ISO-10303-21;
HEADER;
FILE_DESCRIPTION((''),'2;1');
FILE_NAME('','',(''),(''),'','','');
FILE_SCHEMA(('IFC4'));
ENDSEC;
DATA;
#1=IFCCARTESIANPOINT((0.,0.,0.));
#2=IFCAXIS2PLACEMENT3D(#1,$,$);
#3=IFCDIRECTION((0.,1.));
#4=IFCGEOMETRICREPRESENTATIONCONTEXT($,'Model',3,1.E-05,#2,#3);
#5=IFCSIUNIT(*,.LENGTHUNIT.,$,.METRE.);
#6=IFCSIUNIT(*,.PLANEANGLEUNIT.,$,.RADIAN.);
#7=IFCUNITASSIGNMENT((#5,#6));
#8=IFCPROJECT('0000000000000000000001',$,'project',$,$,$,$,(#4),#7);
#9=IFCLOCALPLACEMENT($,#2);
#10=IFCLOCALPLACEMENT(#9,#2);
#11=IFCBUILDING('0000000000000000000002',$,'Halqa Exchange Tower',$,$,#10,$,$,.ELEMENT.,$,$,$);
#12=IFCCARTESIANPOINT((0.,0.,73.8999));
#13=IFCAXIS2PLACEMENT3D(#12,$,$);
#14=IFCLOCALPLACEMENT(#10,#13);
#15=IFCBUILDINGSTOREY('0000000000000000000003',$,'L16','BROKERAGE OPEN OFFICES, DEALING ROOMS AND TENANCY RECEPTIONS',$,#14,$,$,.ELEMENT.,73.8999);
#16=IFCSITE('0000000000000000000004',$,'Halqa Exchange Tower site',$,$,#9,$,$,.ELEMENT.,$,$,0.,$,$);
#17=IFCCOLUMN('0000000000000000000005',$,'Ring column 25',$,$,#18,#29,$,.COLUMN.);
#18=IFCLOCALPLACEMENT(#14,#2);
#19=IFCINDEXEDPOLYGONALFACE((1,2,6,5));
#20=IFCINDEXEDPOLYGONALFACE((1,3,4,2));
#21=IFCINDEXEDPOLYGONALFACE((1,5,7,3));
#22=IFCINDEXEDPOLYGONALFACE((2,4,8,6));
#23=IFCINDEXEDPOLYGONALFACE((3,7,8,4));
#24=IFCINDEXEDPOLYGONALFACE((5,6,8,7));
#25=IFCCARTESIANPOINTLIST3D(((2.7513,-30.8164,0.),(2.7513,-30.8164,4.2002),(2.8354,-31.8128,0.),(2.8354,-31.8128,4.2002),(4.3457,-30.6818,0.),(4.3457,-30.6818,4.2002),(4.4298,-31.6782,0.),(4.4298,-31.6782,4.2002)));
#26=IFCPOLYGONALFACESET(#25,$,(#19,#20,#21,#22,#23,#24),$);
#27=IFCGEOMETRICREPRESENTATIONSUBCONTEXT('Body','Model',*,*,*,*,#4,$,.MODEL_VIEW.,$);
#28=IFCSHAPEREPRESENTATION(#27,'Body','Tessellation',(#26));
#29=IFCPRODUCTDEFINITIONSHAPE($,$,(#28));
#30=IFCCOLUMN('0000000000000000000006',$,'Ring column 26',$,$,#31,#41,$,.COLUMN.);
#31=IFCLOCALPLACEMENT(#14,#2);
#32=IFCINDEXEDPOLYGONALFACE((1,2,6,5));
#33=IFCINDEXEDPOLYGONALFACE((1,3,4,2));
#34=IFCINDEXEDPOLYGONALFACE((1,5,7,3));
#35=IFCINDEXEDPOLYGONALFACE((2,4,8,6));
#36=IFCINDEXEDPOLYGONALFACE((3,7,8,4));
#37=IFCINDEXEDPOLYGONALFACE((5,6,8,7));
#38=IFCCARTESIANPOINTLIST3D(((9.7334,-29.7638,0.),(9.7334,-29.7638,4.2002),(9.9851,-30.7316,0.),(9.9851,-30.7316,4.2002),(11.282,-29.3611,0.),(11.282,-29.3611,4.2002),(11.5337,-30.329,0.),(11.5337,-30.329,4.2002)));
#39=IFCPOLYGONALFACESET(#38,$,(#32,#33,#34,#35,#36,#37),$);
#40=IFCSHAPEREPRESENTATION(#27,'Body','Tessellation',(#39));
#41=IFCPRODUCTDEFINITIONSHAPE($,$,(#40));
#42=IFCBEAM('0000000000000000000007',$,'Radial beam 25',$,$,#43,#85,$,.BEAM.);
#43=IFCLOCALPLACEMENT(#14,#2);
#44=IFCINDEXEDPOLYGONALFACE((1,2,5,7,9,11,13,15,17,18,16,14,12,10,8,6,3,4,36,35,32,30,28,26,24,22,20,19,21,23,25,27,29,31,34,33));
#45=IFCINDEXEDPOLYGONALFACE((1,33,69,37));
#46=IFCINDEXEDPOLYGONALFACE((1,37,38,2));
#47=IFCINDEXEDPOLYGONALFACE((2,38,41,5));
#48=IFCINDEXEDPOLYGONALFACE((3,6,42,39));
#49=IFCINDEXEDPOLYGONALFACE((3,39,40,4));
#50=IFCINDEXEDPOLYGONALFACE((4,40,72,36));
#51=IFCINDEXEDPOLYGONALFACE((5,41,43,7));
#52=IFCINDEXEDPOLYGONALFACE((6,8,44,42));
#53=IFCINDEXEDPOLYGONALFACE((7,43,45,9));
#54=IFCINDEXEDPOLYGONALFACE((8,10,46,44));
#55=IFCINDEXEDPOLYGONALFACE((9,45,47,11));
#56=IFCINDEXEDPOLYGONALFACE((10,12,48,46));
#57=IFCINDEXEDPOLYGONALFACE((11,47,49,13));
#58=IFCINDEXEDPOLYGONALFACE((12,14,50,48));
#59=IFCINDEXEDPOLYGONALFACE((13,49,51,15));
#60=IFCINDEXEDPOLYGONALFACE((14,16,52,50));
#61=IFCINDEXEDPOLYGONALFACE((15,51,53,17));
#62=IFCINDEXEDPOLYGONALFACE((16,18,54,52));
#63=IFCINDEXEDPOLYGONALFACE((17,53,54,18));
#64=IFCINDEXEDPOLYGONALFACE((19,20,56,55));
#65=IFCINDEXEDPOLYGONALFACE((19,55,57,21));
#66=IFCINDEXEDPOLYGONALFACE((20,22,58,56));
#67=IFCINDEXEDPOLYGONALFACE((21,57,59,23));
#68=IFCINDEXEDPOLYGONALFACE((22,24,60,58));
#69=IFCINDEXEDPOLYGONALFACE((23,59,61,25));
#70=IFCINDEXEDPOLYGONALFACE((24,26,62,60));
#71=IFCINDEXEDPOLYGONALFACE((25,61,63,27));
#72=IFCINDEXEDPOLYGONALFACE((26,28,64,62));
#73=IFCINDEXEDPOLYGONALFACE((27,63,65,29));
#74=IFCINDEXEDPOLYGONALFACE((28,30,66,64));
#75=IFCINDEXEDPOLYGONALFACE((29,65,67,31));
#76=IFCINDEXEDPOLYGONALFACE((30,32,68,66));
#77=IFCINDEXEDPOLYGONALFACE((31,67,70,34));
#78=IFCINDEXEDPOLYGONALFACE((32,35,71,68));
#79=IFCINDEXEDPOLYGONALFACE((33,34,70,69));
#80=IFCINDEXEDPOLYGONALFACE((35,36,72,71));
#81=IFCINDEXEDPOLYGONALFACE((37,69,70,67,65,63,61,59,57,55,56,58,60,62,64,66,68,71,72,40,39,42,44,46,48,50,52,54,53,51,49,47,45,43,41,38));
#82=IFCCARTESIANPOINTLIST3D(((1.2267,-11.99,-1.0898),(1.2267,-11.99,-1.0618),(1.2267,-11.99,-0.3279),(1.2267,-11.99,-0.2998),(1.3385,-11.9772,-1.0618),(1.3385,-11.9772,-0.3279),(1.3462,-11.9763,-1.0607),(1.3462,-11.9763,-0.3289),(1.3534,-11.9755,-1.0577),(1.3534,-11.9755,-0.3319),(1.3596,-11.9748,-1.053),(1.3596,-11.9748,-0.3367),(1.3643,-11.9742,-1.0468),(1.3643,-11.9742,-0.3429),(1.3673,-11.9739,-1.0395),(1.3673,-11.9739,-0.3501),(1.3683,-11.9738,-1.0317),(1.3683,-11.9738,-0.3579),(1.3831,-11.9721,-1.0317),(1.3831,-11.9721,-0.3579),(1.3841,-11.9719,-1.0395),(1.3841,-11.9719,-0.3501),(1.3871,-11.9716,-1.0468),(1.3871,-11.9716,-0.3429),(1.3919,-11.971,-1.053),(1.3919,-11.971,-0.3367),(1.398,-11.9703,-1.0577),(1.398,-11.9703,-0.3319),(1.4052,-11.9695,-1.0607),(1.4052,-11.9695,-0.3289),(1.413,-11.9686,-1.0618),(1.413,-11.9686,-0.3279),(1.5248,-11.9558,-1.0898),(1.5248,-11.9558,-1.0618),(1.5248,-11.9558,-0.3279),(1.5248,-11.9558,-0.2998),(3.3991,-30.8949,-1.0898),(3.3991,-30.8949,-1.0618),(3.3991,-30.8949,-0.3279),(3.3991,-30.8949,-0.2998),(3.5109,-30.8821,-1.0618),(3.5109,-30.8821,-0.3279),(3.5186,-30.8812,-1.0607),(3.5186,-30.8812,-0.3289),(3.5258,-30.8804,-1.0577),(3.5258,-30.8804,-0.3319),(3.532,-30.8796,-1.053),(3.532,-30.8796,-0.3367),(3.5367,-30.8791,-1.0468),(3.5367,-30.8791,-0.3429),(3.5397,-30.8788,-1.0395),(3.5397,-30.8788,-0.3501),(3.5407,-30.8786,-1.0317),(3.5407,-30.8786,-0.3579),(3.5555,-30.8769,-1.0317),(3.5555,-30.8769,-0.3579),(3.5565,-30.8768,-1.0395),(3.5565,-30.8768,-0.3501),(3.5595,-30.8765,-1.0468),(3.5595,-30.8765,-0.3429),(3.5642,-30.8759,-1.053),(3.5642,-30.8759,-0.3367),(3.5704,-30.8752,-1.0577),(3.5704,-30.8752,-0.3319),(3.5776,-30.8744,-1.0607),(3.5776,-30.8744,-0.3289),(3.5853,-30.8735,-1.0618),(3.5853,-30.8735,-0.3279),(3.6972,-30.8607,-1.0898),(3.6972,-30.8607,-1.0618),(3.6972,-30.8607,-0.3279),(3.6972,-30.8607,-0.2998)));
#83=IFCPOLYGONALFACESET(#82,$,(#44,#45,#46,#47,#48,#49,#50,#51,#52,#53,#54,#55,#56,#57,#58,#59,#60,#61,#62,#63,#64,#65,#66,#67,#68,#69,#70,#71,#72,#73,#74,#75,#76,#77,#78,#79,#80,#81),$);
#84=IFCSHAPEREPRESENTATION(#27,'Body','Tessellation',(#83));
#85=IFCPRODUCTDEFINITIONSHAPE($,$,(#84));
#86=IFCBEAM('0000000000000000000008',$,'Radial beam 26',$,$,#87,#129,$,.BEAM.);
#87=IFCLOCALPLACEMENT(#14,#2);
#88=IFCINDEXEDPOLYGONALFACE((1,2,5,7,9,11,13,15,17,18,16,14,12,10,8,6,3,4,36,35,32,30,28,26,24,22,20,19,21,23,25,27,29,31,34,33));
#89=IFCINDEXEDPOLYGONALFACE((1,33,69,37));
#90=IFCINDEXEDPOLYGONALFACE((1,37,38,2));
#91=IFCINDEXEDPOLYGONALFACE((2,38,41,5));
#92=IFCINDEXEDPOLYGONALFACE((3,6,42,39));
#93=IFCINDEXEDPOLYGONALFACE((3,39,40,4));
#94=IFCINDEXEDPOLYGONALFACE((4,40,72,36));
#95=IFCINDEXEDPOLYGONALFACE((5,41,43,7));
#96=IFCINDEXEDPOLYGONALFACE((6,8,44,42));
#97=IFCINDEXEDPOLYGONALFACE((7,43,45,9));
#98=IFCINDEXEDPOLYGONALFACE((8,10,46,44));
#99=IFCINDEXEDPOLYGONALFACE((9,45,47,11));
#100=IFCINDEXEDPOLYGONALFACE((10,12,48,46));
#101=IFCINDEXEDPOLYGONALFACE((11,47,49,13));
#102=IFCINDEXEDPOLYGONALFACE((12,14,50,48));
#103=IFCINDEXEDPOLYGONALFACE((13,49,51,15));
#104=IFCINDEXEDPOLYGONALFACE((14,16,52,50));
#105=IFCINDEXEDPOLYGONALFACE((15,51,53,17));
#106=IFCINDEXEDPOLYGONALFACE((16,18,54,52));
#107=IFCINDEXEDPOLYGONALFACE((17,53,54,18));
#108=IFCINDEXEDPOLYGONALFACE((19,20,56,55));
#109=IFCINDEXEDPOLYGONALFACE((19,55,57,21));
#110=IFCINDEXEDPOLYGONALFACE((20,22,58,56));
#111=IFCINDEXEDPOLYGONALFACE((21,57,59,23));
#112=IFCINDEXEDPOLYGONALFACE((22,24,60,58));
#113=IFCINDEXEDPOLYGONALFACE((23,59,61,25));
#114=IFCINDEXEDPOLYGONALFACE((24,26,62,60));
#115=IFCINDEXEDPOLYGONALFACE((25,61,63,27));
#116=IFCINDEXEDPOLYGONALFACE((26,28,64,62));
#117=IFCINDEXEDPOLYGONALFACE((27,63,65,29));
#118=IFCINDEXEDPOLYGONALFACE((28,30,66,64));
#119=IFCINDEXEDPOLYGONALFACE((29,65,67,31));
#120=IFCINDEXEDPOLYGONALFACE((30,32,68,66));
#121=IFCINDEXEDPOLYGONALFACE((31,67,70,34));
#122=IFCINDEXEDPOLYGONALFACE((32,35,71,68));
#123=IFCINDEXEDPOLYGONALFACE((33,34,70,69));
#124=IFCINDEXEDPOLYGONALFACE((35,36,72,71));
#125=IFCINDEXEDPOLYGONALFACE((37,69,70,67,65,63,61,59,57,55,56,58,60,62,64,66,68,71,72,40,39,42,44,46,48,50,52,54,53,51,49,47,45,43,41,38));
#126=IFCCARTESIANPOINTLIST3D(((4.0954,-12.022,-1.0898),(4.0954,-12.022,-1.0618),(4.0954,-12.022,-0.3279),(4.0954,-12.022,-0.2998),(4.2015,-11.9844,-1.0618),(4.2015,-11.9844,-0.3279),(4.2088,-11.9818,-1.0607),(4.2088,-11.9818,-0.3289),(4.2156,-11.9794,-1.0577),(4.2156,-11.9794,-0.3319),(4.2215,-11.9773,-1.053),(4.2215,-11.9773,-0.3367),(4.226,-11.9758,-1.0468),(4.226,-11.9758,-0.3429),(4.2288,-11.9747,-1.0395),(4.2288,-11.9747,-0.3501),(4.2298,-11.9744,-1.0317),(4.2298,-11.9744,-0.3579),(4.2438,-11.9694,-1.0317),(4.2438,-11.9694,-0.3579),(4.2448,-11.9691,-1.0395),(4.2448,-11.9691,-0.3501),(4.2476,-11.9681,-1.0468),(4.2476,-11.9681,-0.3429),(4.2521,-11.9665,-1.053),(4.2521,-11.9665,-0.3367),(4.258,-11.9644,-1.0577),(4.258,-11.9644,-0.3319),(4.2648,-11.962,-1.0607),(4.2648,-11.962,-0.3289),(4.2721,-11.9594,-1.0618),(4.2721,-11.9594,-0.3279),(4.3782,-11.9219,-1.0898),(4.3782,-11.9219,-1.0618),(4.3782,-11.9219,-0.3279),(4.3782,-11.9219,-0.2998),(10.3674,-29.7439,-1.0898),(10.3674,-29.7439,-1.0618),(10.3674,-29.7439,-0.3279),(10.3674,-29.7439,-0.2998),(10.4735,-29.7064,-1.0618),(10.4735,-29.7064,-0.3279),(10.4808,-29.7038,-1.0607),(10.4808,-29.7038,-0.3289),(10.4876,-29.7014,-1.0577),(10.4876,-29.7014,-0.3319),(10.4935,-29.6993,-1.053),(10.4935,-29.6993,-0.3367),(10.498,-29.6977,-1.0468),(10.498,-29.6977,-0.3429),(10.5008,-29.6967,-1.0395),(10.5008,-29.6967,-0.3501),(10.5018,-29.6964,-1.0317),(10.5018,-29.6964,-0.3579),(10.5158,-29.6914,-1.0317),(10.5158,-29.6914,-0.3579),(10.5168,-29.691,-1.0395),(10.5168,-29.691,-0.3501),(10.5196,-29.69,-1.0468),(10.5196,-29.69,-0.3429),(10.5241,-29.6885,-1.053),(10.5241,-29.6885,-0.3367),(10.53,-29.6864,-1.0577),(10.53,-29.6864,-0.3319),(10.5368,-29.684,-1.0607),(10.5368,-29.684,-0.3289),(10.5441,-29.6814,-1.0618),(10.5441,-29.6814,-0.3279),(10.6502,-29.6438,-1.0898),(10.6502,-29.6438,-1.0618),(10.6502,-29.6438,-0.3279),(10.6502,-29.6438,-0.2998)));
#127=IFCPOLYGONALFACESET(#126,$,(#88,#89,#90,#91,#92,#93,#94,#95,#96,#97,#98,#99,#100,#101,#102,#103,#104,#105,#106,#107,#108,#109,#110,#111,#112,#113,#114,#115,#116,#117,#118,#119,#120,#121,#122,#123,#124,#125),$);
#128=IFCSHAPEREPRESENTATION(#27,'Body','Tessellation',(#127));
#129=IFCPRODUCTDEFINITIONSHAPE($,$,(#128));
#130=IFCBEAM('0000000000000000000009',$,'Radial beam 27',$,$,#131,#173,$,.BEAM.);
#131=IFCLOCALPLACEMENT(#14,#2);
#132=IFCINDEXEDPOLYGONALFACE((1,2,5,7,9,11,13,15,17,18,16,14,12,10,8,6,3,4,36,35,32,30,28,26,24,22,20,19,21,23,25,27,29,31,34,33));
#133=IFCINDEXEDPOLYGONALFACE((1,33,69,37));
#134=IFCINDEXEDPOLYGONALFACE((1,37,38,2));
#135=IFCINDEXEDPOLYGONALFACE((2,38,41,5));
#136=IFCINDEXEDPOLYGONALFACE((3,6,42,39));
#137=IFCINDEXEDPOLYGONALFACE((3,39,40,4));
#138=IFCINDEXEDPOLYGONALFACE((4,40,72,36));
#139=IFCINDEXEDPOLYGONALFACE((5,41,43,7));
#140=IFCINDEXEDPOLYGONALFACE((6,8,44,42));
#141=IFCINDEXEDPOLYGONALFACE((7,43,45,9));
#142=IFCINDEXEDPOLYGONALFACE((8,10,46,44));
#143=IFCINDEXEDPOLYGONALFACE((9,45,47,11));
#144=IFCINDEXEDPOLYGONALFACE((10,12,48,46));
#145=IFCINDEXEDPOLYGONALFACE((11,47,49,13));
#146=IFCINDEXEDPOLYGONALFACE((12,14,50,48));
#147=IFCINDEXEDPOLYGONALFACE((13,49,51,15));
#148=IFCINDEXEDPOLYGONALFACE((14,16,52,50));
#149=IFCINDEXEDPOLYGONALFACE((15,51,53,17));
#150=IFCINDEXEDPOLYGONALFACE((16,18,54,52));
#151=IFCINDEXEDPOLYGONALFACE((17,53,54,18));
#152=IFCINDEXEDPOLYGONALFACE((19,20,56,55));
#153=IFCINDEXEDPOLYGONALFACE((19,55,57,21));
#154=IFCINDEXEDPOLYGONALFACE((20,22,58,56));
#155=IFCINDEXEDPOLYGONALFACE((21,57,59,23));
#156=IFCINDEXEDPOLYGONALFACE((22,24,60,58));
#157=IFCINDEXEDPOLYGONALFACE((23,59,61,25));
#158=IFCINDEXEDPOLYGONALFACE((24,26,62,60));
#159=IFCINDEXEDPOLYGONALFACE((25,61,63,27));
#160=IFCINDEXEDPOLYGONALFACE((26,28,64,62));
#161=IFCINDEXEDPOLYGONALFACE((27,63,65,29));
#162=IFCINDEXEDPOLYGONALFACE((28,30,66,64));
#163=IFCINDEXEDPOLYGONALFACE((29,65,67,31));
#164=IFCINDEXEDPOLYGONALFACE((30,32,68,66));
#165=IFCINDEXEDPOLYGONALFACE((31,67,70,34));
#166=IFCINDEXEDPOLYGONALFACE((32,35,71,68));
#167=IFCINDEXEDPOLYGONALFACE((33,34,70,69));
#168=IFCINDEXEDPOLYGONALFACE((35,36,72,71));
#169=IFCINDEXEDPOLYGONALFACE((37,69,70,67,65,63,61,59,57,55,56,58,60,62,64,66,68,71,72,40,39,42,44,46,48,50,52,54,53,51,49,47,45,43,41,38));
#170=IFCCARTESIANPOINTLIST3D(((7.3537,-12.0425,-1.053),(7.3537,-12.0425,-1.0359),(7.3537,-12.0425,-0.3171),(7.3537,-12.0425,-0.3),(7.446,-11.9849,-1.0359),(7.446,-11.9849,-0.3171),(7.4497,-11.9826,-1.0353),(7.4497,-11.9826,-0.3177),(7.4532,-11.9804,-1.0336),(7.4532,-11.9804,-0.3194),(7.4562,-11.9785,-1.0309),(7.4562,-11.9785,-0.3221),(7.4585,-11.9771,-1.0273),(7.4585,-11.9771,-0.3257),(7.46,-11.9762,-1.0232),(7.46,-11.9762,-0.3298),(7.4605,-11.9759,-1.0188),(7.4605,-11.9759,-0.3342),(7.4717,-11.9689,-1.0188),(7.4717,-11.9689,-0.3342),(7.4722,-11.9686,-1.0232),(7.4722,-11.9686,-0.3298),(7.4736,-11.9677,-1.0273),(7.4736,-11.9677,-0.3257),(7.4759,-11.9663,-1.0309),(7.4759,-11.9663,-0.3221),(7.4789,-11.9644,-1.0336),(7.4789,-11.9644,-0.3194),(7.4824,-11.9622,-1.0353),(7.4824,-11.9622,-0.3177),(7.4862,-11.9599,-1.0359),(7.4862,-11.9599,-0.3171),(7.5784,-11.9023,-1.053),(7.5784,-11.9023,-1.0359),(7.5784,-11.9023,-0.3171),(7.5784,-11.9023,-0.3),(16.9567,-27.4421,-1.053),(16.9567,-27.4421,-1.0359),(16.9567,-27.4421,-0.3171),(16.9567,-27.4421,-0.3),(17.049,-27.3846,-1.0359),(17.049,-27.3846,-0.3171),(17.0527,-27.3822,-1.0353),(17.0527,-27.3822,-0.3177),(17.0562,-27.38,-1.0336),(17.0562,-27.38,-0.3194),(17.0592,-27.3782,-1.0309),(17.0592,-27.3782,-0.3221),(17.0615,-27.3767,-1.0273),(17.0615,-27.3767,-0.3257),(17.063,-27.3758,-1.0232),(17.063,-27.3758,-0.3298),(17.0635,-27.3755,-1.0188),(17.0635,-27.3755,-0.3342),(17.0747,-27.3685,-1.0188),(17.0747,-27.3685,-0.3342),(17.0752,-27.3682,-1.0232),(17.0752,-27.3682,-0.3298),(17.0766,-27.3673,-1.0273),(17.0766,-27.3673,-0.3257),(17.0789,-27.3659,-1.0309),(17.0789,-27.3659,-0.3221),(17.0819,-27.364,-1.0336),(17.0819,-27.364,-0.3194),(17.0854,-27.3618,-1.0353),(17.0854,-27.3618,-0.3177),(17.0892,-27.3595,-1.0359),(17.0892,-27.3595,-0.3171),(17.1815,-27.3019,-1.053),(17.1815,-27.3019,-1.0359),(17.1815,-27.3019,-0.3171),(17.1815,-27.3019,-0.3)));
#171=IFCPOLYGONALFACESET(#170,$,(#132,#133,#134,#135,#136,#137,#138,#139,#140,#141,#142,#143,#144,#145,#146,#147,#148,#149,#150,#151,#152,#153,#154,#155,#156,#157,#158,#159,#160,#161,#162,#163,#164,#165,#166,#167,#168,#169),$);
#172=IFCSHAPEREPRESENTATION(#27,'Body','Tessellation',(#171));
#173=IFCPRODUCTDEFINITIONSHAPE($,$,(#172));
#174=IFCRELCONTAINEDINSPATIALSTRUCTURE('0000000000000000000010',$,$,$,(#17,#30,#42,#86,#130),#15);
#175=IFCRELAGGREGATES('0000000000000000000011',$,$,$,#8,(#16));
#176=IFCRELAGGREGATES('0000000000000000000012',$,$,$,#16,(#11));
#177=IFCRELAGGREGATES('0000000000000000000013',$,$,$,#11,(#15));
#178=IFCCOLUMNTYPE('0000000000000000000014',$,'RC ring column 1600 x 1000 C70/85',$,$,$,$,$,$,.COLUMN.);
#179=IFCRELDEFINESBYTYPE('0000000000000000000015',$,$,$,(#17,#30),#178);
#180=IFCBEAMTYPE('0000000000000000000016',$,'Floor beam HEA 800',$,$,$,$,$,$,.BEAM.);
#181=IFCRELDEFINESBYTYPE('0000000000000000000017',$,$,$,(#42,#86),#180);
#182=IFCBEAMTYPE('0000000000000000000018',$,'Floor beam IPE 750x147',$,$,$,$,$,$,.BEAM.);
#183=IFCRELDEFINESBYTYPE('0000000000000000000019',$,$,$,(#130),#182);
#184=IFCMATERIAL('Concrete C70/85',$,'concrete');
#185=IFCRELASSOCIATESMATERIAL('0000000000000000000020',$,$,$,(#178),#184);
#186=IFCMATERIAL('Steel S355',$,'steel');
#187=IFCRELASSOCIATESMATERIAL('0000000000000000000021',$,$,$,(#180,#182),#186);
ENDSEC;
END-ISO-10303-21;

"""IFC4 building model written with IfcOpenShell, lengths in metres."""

from ifc_helpers import new_model, si_unit, direction, frame, origin, origin_2d, place, context, subcontext, project, spatial, rectangle, i_section, extrude, material, material_profile, profile_set, type_object, element, save


model = new_model("IFC4")

# Units and contexts
model_context = context("Model", 3, precision=1e-05, world=origin(), true_north=direction((0.0, 1.0)))
body_context = subcontext(model_context, "Body", "Model", "MODEL_VIEW")
ifc_project = project(units=[si_unit("LENGTHUNIT", "METRE"), si_unit("PLANEANGLEUNIT", "RADIAN")], contexts=[model_context])

# Site, building, storey
site_placement = place(None, origin())
site = spatial("IfcSite", under=ifc_project, at=site_placement, Name="Halqa Exchange Tower site", CompositionType="ELEMENT", RefElevation=0.0)
building_placement = place(site_placement, origin())
building = spatial("IfcBuilding", under=site, at=building_placement, Name="Halqa Exchange Tower", CompositionType="ELEMENT")
storey_placement = place(building_placement, frame((0.0, 0.0, 73.8999)))
storey = spatial("IfcBuildingStorey", under=building, at=storey_placement, Name="L16", Description="BROKERAGE OPEN OFFICES, DEALING ROOMS AND TENANCY RECEPTIONS", CompositionType="ELEMENT", Elevation=73.8999)

# Columns
ifc_material_1 = material(Name="Concrete C70/85", Category="concrete")
ifc_material_profile_1 = material_profile(ifc_material_1, rectangle(XDim=1.6001, YDim=1.0, at=origin_2d()), Name="1600 x 1000")
ifc_profile_set_1 = profile_set([ifc_material_profile_1], Name="Concrete C70/85")
column_type = type_object("IfcColumnType", Name="RC ring column 1600 x 1000 C70/85", PredefinedType="COLUMN", material=ifc_profile_set_1)
for number, where, z_axis, x_axis, name in (
    (1, (3.5906, -31.2473, 0.0), (0.0, 0.0, 1.0), (0.996456, 0.084121, 0.0), "Ring column 25"),
    (2, (10.6335, -30.0464, 0.0), (0.0, 0.0, 1.0), (0.96782, 0.251644, 0.0), "Ring column 26"),
):
    element("IfcColumn", number, at=place(storey_placement, frame(where, z_axis=z_axis, x_axis=x_axis)), inside=storey, type_object=column_type, Name=name, PredefinedType="COLUMN", context=body_context, shape_type="SweptSolid", body=[
        extrude(rectangle(XDim=1.6001, YDim=1.0, at=origin_2d()), origin(), (0.0, 0.0, 1.0), 4.2002),
    ])

# Beams
ifc_material_2 = material(Name="Steel S355", Category="steel")
ifc_material_profile_2 = material_profile(ifc_material_2, i_section(OverallWidth=0.3, OverallDepth=0.79, WebThickness=0.0149, FlangeThickness=0.0281, FilletRadius=0.03, at=origin_2d()), Name="HEA 800")
ifc_profile_set_2 = profile_set([ifc_material_profile_2], Name="Steel S355")
beam_type_1 = type_object("IfcBeamType", Name="Floor beam HEA 800", PredefinedType="BEAM", material=ifc_profile_set_2)
beam_1_placement = place(storey_placement, frame((1.3757, -11.9729, -0.6948), z_axis=(0.11416, -0.993462, 0.0), x_axis=(0.993462, 0.11416, 0.0)))
element("IfcBeam", 3, at=beam_1_placement, inside=storey, type_object=beam_type_1, Name="Radial beam 25", PredefinedType="BEAM", context=body_context, shape_type="SweptSolid", body=[
    extrude(i_section(OverallWidth=0.3, OverallDepth=0.79, WebThickness=0.0149, FlangeThickness=0.0281, FilletRadius=0.03, at=origin_2d()), origin(), (0.0, 0.0, 1.0), 19.0293),
])
beam_2_placement = place(storey_placement, frame((4.2368, -11.9719, -0.6948), z_axis=(0.333632, -0.942703, 0.0), x_axis=(0.942703, 0.333632, 0.0)))
element("IfcBeam", 4, at=beam_2_placement, inside=storey, type_object=beam_type_1, Name="Radial beam 26", PredefinedType="BEAM", context=body_context, shape_type="SweptSolid", body=[
    extrude(i_section(OverallWidth=0.3, OverallDepth=0.79, WebThickness=0.0149, FlangeThickness=0.0281, FilletRadius=0.03, at=origin_2d()), origin(), (0.0, 0.0, 1.0), 18.7991),
])
ifc_material_profile_3 = material_profile(ifc_material_2, i_section(OverallWidth=0.2649, OverallDepth=0.7529, WebThickness=0.0132, FlangeThickness=0.0171, FilletRadius=0.0171, at=origin_2d()), Name="IPE 750x147")
ifc_profile_set_3 = profile_set([ifc_material_profile_3], Name="Steel S355")
beam_type_2 = type_object("IfcBeamType", Name="Floor beam IPE 750x147", PredefinedType="BEAM", material=ifc_profile_set_3)
beam_3_placement = place(storey_placement, frame((7.4661, -11.9724, -0.6765), z_axis=(0.529137, -0.848537, 0.0), x_axis=(0.848537, 0.529137, 0.0)))
element("IfcBeam", 5, at=beam_3_placement, inside=storey, type_object=beam_type_2, Name="Radial beam 27", PredefinedType="BEAM", context=body_context, shape_type="SweptSolid", body=[
    extrude(i_section(OverallWidth=0.2649, OverallDepth=0.7529, WebThickness=0.0132, FlangeThickness=0.0171, FilletRadius=0.0171, at=origin_2d()), origin(), (0.0, 0.0, 1.0), 18.1484),
])

save(model, "model.ifc")
